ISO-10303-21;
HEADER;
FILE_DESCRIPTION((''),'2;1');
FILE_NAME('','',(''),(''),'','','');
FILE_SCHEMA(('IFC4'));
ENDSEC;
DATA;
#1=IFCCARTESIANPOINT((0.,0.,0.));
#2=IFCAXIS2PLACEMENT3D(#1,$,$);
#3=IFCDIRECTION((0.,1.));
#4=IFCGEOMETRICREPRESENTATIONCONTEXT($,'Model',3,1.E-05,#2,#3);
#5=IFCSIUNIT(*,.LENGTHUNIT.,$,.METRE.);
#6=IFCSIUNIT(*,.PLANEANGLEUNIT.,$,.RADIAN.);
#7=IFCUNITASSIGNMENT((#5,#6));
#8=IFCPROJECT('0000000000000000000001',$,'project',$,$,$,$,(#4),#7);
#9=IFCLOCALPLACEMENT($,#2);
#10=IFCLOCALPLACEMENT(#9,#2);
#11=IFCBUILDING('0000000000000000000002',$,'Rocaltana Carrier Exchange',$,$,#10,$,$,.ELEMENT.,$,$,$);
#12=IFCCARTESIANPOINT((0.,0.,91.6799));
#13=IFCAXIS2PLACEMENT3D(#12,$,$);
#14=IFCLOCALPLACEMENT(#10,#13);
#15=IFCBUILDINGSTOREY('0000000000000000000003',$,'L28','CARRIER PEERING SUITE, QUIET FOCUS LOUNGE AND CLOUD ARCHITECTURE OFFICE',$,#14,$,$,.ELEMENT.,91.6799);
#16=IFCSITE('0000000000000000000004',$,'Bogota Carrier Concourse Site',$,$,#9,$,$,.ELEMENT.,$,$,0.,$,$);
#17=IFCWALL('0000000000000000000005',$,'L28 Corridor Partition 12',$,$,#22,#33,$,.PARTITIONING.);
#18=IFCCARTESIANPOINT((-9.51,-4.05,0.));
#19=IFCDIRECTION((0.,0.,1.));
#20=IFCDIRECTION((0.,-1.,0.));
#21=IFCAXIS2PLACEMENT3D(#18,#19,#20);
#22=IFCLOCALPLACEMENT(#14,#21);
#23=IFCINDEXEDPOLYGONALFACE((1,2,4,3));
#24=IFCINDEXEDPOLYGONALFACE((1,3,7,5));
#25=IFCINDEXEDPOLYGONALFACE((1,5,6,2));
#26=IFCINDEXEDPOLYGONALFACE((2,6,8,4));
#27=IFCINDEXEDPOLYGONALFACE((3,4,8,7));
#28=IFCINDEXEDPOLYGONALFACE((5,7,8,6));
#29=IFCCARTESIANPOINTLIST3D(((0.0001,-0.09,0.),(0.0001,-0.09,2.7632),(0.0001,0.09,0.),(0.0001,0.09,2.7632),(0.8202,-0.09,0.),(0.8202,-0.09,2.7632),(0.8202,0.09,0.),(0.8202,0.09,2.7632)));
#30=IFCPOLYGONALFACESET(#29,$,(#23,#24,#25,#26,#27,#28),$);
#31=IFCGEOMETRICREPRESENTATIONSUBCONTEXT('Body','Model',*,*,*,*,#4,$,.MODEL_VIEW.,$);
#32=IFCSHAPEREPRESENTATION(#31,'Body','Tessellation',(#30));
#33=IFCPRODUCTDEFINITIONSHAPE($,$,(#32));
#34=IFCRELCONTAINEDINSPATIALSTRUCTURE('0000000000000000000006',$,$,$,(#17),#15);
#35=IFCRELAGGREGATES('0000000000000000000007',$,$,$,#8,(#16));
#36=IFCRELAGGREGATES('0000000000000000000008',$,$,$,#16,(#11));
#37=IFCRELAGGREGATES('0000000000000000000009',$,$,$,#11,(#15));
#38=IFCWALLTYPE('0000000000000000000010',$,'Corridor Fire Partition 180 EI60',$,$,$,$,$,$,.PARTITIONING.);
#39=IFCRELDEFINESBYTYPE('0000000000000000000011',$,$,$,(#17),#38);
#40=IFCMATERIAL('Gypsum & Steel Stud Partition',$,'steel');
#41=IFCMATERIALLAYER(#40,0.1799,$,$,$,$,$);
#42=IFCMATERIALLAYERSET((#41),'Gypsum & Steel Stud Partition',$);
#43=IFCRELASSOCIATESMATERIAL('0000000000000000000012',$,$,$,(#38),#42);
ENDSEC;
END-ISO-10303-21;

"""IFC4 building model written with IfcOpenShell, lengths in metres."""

from ifc_helpers import new_model, si_unit, direction, frame, frame_2d, origin, place, context, subcontext, project, spatial, rectangle, extrude, material, layer, layer_set, type_object, element, save


model = new_model("IFC4")

# Units and contexts
model_context = context("Model", 3, precision=1e-05, world=origin(), true_north=direction((0.0, 1.0)))
body_context = subcontext(model_context, "Body", "Model", "MODEL_VIEW")
ifc_project = project(units=[si_unit("LENGTHUNIT", "METRE"), si_unit("PLANEANGLEUNIT", "RADIAN")], contexts=[model_context])

# Site, building, storey
site_placement = place(None, origin())
site = spatial("IfcSite", under=ifc_project, at=site_placement, Name="Bogota Carrier Concourse Site", CompositionType="ELEMENT", RefElevation=0.0)
building_placement = place(site_placement, origin())
building = spatial("IfcBuilding", under=site, at=building_placement, Name="Rocaltana Carrier Exchange", CompositionType="ELEMENT")
storey_placement = place(building_placement, frame((0.0, 0.0, 91.6799)))
storey = spatial("IfcBuildingStorey", under=building, at=storey_placement, Name="L28", Description="CARRIER PEERING SUITE, QUIET FOCUS LOUNGE AND CLOUD ARCHITECTURE OFFICE", CompositionType="ELEMENT", Elevation=91.6799)

# Shared definitions
ifc_material_1 = material(Name="Gypsum & Steel Stud Partition", Category="steel")
ifc_layer_1 = layer(ifc_material_1, 0.1799)
ifc_layer_set_1 = layer_set([ifc_layer_1], Name="Gypsum & Steel Stud Partition")
wall_type_1 = type_object("IfcWallType", Name="Corridor Fire Partition 180 EI60", PredefinedType="PARTITIONING", material=ifc_layer_set_1)

# Wall
wall_1_placement = place(storey_placement, frame((-9.51, -4.05, 0.0), z_axis=(0.0, 0.0, 1.0), x_axis=(0.0, -1.0, 0.0)))
element("IfcWall", 1, at=wall_1_placement, inside=storey, type_object=wall_type_1, Name="L28 Corridor Partition 12", PredefinedType="PARTITIONING", context=body_context, shape_type="SweptSolid", body=[
    extrude(rectangle(XDim=0.8201, YDim=0.1799, at=frame_2d((0.4102, 0.0))), origin(), (0.0, 0.0, 1.0), 2.7632),
])

save(model, "model.ifc")
